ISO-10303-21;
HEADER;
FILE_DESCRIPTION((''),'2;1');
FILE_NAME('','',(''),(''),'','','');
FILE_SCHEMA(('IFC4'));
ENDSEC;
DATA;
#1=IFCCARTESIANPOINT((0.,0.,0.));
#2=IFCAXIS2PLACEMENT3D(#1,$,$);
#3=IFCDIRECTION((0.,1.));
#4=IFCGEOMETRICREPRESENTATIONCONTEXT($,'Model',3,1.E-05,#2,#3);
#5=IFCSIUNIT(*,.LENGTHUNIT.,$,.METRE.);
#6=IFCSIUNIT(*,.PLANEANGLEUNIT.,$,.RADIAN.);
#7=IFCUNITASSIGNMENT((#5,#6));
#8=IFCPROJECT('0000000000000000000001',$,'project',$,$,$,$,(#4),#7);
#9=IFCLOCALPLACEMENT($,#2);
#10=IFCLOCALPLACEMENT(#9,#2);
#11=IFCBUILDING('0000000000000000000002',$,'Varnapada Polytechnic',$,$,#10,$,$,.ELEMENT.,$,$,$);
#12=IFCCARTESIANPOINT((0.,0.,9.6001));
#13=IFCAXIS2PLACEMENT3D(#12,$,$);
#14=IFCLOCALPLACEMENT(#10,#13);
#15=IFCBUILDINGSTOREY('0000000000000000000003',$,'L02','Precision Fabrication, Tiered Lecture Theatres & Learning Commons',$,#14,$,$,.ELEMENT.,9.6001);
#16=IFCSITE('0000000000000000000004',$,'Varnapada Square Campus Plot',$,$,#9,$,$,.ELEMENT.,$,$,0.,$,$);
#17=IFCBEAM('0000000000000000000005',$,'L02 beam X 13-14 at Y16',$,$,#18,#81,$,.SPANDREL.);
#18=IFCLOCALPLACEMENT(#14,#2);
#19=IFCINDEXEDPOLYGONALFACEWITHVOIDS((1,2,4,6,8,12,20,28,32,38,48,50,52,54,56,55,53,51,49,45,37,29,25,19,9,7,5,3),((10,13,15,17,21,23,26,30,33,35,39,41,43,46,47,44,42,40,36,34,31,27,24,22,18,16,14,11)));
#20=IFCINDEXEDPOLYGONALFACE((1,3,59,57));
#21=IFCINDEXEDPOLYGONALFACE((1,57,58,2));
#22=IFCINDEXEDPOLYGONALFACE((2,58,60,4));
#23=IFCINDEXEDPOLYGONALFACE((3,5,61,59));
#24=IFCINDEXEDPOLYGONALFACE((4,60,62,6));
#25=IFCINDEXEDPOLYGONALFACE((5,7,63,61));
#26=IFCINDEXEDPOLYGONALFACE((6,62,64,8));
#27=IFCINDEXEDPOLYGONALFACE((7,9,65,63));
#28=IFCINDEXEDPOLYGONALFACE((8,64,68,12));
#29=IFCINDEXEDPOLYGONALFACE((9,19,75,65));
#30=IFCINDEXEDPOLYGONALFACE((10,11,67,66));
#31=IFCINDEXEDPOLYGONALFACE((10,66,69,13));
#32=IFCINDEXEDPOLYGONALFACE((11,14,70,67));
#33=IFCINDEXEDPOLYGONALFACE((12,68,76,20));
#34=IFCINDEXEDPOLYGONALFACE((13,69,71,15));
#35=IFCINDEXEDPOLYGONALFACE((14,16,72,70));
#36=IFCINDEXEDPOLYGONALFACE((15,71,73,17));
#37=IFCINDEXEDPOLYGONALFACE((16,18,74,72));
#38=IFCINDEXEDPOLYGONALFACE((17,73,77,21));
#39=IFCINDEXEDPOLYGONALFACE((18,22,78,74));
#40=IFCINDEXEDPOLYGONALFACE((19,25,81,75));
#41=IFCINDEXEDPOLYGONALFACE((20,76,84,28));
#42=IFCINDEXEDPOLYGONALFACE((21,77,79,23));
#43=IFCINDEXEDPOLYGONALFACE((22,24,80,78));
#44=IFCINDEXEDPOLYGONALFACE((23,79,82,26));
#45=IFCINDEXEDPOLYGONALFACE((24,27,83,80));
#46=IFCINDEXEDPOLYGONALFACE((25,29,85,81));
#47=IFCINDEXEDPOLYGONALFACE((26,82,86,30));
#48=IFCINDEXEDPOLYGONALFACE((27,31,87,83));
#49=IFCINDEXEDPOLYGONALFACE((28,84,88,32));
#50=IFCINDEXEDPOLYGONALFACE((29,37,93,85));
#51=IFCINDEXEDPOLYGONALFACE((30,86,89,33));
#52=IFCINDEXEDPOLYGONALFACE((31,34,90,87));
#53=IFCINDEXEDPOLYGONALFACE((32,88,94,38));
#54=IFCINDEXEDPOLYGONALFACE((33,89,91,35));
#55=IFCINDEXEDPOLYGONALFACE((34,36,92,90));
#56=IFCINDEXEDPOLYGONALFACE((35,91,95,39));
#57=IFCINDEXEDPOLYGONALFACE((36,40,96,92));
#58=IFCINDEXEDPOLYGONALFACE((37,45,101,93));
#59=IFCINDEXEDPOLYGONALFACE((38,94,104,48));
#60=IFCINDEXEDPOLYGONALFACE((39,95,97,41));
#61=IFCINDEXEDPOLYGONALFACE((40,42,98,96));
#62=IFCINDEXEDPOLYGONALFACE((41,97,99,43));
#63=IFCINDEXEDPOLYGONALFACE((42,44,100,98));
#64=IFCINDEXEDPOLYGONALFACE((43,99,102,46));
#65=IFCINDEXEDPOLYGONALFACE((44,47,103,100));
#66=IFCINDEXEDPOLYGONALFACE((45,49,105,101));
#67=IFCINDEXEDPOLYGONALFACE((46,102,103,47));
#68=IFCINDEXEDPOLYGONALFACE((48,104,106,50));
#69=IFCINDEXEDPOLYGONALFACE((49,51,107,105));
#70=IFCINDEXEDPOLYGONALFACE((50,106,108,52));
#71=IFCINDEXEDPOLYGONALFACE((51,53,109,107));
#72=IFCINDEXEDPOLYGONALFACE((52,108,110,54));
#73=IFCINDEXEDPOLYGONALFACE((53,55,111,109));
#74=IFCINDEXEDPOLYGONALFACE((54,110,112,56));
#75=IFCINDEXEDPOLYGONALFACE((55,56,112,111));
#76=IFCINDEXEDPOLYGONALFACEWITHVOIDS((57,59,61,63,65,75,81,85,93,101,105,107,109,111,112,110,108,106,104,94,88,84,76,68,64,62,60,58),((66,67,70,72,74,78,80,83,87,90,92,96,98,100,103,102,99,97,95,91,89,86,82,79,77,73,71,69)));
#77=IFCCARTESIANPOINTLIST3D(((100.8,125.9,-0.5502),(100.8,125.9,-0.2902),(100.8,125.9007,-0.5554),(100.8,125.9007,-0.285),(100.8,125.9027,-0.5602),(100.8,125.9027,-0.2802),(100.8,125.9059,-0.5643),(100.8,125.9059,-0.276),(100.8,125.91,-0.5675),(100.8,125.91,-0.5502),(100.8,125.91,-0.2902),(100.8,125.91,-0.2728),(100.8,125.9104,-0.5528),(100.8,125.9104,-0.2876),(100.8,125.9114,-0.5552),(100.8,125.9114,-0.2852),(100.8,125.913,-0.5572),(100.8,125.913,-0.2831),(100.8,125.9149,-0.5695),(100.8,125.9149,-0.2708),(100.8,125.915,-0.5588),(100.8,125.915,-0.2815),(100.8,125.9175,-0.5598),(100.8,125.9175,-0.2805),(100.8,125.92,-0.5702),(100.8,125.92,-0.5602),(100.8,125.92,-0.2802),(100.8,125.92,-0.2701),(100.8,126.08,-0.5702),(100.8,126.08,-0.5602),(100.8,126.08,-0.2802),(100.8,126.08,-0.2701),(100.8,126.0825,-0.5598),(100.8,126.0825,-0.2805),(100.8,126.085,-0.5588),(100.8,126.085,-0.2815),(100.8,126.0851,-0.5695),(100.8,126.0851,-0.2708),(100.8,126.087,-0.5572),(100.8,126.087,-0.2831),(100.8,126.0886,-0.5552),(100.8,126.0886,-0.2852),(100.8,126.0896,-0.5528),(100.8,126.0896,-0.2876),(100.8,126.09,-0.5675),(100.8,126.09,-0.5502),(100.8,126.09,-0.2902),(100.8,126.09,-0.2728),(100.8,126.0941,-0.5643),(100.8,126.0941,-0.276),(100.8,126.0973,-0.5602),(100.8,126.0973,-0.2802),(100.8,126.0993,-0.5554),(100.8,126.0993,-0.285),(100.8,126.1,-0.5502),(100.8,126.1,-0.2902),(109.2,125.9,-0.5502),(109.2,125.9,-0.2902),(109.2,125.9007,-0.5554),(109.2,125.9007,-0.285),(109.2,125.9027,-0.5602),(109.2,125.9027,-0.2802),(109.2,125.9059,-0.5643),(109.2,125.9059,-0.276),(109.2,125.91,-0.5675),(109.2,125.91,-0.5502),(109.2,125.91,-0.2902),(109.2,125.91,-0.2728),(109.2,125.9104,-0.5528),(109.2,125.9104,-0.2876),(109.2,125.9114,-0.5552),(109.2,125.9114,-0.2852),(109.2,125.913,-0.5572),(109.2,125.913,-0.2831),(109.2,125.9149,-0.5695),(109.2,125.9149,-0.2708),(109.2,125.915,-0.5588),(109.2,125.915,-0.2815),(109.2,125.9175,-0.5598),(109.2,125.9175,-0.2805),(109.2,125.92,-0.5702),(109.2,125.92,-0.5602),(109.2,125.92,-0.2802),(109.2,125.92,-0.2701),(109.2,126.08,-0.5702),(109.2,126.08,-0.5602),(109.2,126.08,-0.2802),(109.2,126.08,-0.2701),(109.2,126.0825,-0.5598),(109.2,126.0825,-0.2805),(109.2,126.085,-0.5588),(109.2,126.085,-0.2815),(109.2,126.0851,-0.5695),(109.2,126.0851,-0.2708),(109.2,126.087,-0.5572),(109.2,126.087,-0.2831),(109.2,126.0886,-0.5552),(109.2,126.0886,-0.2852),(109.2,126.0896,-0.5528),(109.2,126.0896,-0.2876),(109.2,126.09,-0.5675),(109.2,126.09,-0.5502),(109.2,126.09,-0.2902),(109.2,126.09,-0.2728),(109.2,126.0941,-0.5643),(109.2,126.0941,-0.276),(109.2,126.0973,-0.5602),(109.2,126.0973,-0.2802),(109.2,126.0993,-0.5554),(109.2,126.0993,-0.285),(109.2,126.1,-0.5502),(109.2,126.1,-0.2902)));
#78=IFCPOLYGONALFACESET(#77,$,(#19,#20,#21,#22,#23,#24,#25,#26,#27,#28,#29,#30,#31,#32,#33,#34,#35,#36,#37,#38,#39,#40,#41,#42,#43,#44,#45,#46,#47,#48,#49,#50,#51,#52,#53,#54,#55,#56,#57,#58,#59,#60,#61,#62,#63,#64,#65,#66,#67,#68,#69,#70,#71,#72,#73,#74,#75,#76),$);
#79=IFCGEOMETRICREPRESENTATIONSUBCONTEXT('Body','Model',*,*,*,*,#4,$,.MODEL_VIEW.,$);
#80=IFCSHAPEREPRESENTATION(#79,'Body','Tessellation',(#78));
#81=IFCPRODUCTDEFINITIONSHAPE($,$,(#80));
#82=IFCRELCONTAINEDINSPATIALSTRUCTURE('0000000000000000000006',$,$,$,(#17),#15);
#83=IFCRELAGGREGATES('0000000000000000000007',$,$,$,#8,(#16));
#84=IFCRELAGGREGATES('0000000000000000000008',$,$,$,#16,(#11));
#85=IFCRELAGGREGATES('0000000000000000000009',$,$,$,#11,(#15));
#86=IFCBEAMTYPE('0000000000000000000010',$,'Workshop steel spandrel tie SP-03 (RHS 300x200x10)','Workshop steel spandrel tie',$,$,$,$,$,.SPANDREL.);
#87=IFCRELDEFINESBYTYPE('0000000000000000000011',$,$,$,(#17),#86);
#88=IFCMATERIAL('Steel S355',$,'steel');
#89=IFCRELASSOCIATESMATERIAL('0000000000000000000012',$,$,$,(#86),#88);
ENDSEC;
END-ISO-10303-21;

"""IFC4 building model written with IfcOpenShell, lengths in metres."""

from ifc_helpers import new_model, si_unit, direction, frame, origin, origin_2d, place, context, subcontext, project, spatial, hollow_rectangle, extrude, material, material_profile, profile_set, type_object, element, save


model = new_model("IFC4")

# Units and contexts
model_context = context("Model", 3, precision=1e-05, world=origin(), true_north=direction((0.0, 1.0)))
body_context = subcontext(model_context, "Body", "Model", "MODEL_VIEW")
ifc_project = project(units=[si_unit("LENGTHUNIT", "METRE"), si_unit("PLANEANGLEUNIT", "RADIAN")], contexts=[model_context])

# Site, building, storey
site_placement = place(None, origin())
site = spatial("IfcSite", under=ifc_project, at=site_placement, Name="Varnapada Square Campus Plot", CompositionType="ELEMENT", RefElevation=0.0)
building_placement = place(site_placement, origin())
building = spatial("IfcBuilding", under=site, at=building_placement, Name="Varnapada Polytechnic", CompositionType="ELEMENT")
storey_placement = place(building_placement, frame((0.0, 0.0, 9.6001)))
storey = spatial("IfcBuildingStorey", under=building, at=storey_placement, Name="L02", Description="Precision Fabrication, Tiered Lecture Theatres & Learning Commons", CompositionType="ELEMENT", Elevation=9.6001)

# Shared definitions
ifc_material_1 = material(Name="Steel S355", Category="steel")

# Beam
ifc_material_profile_1 = material_profile(ifc_material_1, hollow_rectangle(XDim=0.2, YDim=0.3, WallThickness=0.01, InnerFilletRadius=0.01, OuterFilletRadius=0.02, at=origin_2d()), Name="RHS 300x200x10")
ifc_profile_set_1 = profile_set([ifc_material_profile_1], Name="Steel S355")
beam_type = type_object("IfcBeamType", Name="Workshop steel spandrel tie SP-03 (RHS 300x200x10)", Description="Workshop steel spandrel tie", PredefinedType="SPANDREL", material=ifc_profile_set_1)
beam_placement = place(storey_placement, frame((100.8, 126.0, -0.4202), z_axis=(1.0, 0.0, 0.0), x_axis=(0.0, 1.0, 0.0)))
element("IfcBeam", 1, at=beam_placement, inside=storey, type_object=beam_type, Name="L02 beam X 13-14 at Y16", PredefinedType="SPANDREL", context=body_context, shape_type="SweptSolid", body=[
    extrude(hollow_rectangle(XDim=0.2, YDim=0.3, WallThickness=0.01, InnerFilletRadius=0.01, OuterFilletRadius=0.02, at=origin_2d()), origin(), (0.0, 0.0, 1.0), 8.3999),
])

save(model, "model.ifc")
